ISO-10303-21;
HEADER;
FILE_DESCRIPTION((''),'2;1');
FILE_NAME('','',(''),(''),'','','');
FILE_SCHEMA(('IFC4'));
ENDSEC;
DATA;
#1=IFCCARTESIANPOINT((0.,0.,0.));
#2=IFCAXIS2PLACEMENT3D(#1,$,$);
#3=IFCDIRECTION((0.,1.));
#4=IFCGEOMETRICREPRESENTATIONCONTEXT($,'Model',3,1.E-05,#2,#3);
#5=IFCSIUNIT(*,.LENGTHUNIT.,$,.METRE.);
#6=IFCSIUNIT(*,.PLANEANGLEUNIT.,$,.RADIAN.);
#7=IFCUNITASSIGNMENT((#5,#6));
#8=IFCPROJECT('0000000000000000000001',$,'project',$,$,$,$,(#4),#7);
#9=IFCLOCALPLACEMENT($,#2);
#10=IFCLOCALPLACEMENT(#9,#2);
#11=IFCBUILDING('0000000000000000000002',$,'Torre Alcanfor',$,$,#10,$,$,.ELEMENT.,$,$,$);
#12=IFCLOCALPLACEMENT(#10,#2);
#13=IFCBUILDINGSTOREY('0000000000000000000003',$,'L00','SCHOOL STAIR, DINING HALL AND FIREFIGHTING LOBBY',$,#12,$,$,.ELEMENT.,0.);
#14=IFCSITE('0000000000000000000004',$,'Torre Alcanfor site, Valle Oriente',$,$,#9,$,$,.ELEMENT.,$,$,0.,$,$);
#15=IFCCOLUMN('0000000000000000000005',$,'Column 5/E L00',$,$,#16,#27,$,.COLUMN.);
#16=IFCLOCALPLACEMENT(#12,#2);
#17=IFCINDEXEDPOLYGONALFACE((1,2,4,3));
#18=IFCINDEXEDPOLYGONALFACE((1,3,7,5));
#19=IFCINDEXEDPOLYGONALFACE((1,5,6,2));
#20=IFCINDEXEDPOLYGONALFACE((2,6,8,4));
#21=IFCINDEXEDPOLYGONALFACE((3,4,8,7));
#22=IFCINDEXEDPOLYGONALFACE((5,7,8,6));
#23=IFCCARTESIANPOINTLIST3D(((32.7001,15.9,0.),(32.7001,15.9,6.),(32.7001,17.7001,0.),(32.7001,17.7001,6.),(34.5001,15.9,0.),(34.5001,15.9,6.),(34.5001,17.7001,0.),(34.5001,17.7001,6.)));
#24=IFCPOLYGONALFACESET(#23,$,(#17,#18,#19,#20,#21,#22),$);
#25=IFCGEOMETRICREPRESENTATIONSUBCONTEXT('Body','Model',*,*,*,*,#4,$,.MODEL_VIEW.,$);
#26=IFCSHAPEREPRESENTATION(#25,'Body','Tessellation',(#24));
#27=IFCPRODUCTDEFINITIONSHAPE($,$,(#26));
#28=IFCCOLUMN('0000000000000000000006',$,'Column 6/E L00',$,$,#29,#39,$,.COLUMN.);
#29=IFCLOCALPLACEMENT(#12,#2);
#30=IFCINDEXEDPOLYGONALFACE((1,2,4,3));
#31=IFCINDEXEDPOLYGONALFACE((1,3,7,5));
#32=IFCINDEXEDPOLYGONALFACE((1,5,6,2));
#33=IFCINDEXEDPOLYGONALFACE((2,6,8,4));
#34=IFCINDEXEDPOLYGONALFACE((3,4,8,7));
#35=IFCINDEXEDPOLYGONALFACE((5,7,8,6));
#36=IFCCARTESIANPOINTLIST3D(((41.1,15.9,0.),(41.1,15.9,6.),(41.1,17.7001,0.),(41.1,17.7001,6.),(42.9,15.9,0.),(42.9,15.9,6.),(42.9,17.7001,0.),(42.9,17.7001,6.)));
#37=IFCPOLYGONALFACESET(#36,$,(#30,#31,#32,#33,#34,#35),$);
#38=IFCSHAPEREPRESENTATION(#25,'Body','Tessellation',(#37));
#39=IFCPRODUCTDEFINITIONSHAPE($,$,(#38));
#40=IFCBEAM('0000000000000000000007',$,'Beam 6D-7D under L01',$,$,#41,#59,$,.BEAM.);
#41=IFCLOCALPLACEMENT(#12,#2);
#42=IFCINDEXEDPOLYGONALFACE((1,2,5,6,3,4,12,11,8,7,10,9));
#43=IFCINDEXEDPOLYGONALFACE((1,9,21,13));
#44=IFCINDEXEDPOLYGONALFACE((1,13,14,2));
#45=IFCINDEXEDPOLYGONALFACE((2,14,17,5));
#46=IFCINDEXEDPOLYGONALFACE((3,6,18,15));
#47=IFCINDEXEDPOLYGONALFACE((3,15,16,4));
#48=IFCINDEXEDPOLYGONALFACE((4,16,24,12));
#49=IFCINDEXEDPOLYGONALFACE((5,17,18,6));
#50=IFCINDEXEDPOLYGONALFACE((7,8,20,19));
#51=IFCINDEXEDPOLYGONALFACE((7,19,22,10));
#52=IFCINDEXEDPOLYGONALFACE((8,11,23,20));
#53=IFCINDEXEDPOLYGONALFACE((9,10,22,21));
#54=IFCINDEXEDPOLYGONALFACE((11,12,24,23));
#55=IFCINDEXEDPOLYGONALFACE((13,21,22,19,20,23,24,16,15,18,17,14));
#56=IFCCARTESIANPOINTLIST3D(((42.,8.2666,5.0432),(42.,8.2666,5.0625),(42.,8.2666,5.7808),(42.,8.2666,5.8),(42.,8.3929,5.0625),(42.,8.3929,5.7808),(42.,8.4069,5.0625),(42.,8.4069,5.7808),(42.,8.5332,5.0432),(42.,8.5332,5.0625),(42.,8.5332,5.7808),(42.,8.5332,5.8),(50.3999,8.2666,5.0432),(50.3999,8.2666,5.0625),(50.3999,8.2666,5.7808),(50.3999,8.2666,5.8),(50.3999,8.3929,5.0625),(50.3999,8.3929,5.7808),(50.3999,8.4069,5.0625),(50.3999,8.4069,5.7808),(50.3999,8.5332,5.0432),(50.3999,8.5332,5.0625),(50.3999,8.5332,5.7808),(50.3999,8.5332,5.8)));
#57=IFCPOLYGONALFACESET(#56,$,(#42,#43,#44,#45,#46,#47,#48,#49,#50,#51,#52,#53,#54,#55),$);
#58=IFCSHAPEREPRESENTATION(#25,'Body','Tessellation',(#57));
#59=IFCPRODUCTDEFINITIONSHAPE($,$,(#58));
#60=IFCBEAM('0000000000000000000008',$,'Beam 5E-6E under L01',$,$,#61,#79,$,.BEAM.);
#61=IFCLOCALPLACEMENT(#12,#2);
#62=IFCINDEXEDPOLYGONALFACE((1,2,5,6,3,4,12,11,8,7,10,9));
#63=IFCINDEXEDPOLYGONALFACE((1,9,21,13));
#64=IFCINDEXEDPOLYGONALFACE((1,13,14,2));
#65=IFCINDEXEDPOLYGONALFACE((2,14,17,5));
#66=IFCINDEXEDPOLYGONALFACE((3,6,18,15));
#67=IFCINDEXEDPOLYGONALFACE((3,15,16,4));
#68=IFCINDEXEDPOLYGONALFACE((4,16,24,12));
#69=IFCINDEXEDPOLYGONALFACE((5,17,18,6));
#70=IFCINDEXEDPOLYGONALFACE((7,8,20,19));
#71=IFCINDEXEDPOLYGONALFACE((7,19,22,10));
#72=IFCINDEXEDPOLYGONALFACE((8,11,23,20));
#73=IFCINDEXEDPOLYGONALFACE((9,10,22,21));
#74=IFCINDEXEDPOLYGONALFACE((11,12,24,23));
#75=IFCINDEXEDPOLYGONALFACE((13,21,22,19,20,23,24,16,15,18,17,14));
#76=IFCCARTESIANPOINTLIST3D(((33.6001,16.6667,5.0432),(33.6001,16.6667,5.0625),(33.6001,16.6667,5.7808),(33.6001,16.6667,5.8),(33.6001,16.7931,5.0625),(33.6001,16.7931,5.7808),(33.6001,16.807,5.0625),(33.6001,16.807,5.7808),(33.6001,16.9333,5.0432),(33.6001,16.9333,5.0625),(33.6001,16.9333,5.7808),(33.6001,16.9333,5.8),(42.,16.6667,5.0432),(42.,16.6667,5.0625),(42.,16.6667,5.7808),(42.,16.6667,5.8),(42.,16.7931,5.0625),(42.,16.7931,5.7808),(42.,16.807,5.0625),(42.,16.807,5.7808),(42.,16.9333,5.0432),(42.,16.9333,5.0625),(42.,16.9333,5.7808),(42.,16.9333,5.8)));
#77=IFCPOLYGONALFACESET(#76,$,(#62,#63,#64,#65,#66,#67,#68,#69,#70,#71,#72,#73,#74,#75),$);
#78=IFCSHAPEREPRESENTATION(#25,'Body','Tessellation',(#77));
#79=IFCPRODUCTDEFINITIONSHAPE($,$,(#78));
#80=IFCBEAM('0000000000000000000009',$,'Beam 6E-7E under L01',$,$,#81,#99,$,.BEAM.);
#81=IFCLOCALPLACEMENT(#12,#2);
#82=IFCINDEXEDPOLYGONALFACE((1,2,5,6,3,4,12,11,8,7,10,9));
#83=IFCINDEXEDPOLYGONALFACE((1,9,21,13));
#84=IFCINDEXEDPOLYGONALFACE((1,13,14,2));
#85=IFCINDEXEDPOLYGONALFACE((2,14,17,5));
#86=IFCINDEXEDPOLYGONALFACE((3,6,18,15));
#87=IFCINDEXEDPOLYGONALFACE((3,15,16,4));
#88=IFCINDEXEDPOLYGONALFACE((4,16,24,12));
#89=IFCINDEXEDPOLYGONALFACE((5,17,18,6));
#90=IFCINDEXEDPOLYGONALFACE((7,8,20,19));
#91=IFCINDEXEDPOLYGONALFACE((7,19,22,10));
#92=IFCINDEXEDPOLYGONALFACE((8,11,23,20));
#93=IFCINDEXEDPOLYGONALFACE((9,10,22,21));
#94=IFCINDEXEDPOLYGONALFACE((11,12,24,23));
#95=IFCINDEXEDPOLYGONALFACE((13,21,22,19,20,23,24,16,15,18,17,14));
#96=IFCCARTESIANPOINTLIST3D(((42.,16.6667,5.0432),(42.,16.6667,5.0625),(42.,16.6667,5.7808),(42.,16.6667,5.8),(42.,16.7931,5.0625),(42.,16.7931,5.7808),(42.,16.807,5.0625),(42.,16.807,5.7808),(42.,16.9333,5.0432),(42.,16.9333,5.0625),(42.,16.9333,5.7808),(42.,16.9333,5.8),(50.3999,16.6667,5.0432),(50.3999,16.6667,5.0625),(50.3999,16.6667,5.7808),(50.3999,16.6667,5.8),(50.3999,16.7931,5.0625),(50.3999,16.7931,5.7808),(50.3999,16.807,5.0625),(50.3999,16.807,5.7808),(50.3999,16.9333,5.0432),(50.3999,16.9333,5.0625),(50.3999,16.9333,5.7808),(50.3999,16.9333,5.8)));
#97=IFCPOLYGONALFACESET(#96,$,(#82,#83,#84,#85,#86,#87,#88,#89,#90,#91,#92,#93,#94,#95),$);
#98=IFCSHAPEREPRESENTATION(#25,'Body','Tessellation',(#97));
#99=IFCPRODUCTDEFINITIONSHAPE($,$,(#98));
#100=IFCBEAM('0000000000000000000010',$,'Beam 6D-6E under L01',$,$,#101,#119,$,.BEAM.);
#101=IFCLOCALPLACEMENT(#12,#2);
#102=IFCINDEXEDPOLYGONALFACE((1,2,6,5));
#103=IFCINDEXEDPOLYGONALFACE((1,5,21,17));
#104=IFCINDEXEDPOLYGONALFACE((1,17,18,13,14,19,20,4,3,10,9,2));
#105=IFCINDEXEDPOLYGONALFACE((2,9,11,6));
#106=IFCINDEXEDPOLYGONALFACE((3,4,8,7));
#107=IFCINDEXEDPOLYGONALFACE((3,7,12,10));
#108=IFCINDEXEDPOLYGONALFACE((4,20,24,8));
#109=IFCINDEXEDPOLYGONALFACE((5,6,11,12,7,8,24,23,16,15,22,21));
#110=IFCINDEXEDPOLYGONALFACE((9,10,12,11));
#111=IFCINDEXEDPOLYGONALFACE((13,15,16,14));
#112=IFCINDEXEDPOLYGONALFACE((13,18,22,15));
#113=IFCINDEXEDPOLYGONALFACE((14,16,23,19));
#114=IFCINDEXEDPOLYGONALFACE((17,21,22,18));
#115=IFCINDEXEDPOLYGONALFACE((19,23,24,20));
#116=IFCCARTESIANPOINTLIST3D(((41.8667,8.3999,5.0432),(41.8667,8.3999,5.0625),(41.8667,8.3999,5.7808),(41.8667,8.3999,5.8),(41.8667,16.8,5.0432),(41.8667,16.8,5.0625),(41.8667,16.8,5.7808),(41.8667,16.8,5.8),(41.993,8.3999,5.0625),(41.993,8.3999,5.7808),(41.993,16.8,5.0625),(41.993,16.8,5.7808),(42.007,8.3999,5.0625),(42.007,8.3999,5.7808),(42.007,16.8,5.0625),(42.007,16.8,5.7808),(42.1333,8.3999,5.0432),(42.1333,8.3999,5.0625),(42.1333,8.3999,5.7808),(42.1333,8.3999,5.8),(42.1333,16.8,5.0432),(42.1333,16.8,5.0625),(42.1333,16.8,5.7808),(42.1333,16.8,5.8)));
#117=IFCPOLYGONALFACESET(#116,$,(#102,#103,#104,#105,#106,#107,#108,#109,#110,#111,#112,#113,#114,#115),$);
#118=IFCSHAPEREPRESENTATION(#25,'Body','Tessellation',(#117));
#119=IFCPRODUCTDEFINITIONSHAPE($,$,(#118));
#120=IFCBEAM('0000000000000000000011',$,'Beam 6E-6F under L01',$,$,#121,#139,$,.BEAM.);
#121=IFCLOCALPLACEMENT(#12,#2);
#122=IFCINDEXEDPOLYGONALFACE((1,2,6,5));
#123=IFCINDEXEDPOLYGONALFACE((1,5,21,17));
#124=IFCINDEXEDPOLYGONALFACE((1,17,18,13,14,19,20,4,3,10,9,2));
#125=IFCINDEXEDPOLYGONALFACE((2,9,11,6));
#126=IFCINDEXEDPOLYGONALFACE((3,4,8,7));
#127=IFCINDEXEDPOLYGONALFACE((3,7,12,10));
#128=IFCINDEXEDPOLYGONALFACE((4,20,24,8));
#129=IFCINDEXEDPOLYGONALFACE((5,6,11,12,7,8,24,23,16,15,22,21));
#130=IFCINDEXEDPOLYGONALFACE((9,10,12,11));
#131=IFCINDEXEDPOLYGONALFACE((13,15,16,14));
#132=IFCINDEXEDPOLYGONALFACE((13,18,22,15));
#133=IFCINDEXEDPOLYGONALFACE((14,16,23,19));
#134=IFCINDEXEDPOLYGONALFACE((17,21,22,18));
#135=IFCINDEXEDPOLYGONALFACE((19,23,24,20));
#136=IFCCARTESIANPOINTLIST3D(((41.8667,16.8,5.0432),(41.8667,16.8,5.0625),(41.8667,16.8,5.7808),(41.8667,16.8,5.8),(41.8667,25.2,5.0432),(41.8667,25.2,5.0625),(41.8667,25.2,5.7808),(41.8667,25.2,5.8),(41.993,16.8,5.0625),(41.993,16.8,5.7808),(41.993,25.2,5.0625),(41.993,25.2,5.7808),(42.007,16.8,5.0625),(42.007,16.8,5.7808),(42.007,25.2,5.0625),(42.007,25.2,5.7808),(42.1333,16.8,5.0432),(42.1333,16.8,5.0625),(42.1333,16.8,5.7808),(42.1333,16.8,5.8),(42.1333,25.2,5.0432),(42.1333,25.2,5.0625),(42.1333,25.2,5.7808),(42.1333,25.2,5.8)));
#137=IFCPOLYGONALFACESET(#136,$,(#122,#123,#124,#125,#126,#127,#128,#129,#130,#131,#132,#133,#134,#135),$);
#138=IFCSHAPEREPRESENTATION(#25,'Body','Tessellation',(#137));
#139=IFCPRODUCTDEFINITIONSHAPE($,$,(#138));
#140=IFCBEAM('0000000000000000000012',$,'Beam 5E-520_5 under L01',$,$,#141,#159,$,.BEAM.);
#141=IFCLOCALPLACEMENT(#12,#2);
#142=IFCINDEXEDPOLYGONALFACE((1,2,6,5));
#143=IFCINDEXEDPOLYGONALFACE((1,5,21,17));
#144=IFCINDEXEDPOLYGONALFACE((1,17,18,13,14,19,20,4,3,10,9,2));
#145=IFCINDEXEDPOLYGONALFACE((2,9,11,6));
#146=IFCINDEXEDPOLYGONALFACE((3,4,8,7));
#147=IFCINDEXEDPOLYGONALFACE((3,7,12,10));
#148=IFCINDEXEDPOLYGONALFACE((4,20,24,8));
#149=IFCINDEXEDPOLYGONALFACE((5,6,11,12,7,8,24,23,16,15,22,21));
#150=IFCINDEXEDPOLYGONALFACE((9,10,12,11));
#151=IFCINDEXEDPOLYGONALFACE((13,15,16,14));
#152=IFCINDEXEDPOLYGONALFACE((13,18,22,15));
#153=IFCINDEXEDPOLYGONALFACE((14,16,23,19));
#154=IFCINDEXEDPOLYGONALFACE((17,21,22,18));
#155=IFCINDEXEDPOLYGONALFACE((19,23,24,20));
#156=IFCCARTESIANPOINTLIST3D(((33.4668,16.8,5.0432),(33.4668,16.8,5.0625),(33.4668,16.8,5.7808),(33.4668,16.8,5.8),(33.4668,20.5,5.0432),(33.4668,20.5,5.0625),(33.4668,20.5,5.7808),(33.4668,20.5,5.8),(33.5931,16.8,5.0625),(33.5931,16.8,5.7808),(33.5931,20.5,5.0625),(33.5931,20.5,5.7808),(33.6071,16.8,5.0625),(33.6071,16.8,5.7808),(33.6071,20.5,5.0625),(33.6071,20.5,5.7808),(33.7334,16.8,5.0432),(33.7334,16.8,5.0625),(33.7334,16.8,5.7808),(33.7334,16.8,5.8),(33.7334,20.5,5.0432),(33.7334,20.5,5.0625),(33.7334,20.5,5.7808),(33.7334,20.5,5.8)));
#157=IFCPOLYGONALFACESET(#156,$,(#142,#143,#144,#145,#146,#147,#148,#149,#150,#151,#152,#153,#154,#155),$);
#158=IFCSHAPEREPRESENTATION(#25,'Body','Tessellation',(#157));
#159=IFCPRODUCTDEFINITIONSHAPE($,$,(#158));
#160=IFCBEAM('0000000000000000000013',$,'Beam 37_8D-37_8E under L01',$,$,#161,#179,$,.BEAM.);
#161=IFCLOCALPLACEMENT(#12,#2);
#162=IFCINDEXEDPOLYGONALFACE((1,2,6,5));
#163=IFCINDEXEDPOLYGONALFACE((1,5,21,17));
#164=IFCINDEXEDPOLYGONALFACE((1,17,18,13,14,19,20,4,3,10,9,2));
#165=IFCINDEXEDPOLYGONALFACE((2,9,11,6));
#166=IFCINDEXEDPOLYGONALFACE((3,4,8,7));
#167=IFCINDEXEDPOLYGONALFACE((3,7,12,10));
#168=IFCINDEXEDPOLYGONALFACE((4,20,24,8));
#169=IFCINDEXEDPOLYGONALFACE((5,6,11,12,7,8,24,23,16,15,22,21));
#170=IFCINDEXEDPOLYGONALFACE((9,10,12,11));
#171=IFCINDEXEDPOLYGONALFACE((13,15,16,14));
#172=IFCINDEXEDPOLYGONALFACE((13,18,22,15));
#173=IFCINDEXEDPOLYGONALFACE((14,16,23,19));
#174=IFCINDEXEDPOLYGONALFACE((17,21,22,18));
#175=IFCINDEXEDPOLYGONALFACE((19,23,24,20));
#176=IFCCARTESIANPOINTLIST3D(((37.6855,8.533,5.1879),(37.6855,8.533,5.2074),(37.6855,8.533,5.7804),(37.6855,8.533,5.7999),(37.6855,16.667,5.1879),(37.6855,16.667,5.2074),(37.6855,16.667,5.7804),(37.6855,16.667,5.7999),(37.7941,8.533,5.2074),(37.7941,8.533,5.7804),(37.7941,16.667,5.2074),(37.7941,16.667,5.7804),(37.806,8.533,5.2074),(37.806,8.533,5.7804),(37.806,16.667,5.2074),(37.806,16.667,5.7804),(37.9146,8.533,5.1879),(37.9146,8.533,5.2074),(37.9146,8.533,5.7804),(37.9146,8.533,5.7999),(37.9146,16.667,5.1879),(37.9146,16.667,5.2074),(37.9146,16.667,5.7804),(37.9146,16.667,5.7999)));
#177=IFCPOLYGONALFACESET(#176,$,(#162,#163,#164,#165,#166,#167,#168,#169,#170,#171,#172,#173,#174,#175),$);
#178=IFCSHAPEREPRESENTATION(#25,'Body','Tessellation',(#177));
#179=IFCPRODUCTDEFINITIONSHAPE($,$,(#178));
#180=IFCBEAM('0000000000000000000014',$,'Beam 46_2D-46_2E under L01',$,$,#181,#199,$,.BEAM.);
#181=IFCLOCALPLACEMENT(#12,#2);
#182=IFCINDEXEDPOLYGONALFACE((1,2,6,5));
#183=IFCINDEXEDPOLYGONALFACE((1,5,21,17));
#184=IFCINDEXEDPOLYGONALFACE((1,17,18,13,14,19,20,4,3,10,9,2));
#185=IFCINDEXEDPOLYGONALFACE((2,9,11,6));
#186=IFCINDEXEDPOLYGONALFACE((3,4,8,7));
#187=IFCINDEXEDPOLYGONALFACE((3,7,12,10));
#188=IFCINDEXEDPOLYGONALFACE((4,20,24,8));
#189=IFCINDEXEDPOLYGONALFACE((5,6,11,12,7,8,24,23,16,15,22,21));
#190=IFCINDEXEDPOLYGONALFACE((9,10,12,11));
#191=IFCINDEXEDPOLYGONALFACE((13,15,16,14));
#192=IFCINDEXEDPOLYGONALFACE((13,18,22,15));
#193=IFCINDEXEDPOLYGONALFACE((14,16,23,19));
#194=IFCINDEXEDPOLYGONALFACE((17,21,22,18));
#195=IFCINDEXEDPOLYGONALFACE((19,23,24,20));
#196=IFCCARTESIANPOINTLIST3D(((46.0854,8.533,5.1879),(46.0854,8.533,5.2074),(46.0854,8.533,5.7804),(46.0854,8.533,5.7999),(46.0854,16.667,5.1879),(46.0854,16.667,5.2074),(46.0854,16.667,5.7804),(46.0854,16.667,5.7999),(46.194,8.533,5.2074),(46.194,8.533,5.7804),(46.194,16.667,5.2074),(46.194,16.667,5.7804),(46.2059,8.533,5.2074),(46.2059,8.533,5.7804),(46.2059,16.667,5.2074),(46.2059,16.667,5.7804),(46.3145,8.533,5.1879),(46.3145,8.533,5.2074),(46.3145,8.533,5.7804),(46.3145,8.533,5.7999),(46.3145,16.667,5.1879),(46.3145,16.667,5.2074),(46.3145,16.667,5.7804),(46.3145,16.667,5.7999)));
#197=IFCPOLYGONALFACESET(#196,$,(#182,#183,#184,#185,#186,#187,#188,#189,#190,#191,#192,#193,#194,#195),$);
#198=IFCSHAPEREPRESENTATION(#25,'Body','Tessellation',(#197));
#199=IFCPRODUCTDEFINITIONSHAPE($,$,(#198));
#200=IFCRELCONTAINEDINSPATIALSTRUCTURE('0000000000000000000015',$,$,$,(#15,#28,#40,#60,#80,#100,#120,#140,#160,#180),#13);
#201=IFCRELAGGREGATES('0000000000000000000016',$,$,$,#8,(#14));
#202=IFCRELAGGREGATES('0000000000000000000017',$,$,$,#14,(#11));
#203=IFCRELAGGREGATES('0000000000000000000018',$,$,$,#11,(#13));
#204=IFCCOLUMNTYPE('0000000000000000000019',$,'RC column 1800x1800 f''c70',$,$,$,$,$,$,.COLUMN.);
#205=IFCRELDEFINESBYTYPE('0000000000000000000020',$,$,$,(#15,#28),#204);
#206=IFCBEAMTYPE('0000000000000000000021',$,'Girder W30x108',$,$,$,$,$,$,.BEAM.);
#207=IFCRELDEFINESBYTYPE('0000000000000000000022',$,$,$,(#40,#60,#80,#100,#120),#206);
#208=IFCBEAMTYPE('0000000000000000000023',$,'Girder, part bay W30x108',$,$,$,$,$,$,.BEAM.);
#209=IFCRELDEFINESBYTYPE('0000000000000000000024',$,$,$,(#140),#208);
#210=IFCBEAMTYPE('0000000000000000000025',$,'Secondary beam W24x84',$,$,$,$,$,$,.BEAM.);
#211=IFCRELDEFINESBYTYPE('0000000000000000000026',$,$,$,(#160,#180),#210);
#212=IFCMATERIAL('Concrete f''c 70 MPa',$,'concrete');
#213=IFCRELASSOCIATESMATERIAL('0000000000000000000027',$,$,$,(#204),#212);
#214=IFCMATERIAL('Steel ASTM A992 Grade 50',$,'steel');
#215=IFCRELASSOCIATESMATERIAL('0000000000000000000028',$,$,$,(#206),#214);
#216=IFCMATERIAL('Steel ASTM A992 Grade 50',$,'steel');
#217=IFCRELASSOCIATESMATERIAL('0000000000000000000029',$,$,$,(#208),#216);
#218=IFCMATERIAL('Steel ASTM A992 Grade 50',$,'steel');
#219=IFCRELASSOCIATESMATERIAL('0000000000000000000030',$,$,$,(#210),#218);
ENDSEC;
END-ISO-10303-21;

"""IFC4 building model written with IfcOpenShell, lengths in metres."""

from ifc_helpers import new_model, si_unit, direction, frame, origin, origin_2d, place, context, subcontext, project, spatial, rectangle, i_section, extrude, material, material_profile, profile_set, type_object, element, save


model = new_model("IFC4")

# Units and contexts
model_context = context("Model", 3, precision=1e-05, world=origin(), true_north=direction((0.0, 1.0)))
body_context = subcontext(model_context, "Body", "Model", "MODEL_VIEW")
ifc_project = project(units=[si_unit("LENGTHUNIT", "METRE"), si_unit("PLANEANGLEUNIT", "RADIAN")], contexts=[model_context])

# Site, building, storey
site_placement = place(None, origin())
site = spatial("IfcSite", under=ifc_project, at=site_placement, Name="Torre Alcanfor site, Valle Oriente", CompositionType="ELEMENT", RefElevation=0.0)
building_placement = place(site_placement, origin())
building = spatial("IfcBuilding", under=site, at=building_placement, Name="Torre Alcanfor", CompositionType="ELEMENT")
storey_placement = place(building_placement, origin())
storey = spatial("IfcBuildingStorey", under=building, at=storey_placement, Name="L00", Description="SCHOOL STAIR, DINING HALL AND FIREFIGHTING LOBBY", CompositionType="ELEMENT", Elevation=0.0)

# Columns
ifc_material_1 = material(Name="Concrete f'c 70 MPa", Category="concrete")
ifc_material_profile_1 = material_profile(ifc_material_1, rectangle(XDim=1.8, YDim=1.8, at=origin_2d()), Name="1800x1800")
ifc_profile_set_1 = profile_set([ifc_material_profile_1], Name="Concrete f'c 70 MPa")
column_type = type_object("IfcColumnType", Name="RC column 1800x1800 f'c70", PredefinedType="COLUMN", material=ifc_profile_set_1)
for number, where, z_axis, x_axis, name in (
    (1, (33.6001, 16.8, 0.0), (0.0, 0.0, 1.0), (1.0, 0.0, 0.0), "Column 5/E L00"),
    (2, (42.0, 16.8, 0.0), (0.0, 0.0, 1.0), (1.0, 0.0, 0.0), "Column 6/E L00"),
):
    element("IfcColumn", number, at=place(storey_placement, frame(where, z_axis=z_axis, x_axis=x_axis)), inside=storey, type_object=column_type, Name=name, PredefinedType="COLUMN", context=body_context, shape_type="SweptSolid", body=[
        extrude(rectangle(XDim=1.8, YDim=1.8, at=origin_2d()), origin(), (0.0, 0.0, 1.0), 6.0),
    ])

# Beams
ifc_material_2 = material(Name="Steel ASTM A992 Grade 50", Category="steel")
ifc_material_profile_2 = material_profile(ifc_material_2, i_section(OverallWidth=0.2666, OverallDepth=0.7568, WebThickness=0.0139, FlangeThickness=0.0193, at=origin_2d()), Name="W30x108")
ifc_profile_set_2 = profile_set([ifc_material_profile_2], Name="Steel ASTM A992 Grade 50")
beam_type_1 = type_object("IfcBeamType", Name="Girder W30x108", PredefinedType="BEAM", material=ifc_profile_set_2)
for number, where, z_axis, x_axis, name in (
    (3, (42.0, 8.3999, 5.4216), (1.0, 0.0, 0.0), (0.0, 1.0, 0.0), "Beam 6D-7D under L01"),
    (4, (33.6001, 16.8, 5.4216), (1.0, 0.0, 0.0), (0.0, 1.0, 0.0), "Beam 5E-6E under L01"),
    (5, (42.0, 16.8, 5.4216), (1.0, 0.0, 0.0), (0.0, 1.0, 0.0), "Beam 6E-7E under L01"),
):
    element("IfcBeam", number, at=place(storey_placement, frame(where, z_axis=z_axis, x_axis=x_axis)), inside=storey, type_object=beam_type_1, Name=name, PredefinedType="BEAM", context=body_context, shape_type="SweptSolid", body=[
        extrude(i_section(OverallWidth=0.2666, OverallDepth=0.7568, WebThickness=0.0139, FlangeThickness=0.0193, at=origin_2d()), origin(), (0.0, 0.0, 1.0), 8.3999),
    ])
beam_1_placement = place(storey_placement, frame((42.0, 8.3999, 5.4216), z_axis=(0.0, 1.0, 0.0), x_axis=(-1.0, 0.0, 0.0)))
element("IfcBeam", 6, at=beam_1_placement, inside=storey, type_object=beam_type_1, Name="Beam 6D-6E under L01", PredefinedType="BEAM", context=body_context, shape_type="SweptSolid", body=[
    extrude(i_section(OverallWidth=0.2666, OverallDepth=0.7568, WebThickness=0.0139, FlangeThickness=0.0193, at=origin_2d()), origin(), (0.0, 0.0, 1.0), 8.4001),
])
beam_2_placement = place(storey_placement, frame((42.0, 16.8, 5.4216), z_axis=(0.0, 1.0, 0.0), x_axis=(-1.0, 0.0, 0.0)))
element("IfcBeam", 7, at=beam_2_placement, inside=storey, type_object=beam_type_1, Name="Beam 6E-6F under L01", PredefinedType="BEAM", context=body_context, shape_type="SweptSolid", body=[
    extrude(i_section(OverallWidth=0.2666, OverallDepth=0.7568, WebThickness=0.0139, FlangeThickness=0.0193, at=origin_2d()), origin(), (0.0, 0.0, 1.0), 8.3999),
])
ifc_material_3 = material(Name="Steel ASTM A992 Grade 50", Category="steel")
ifc_material_profile_3 = material_profile(ifc_material_3, i_section(OverallWidth=0.2666, OverallDepth=0.7568, WebThickness=0.0139, FlangeThickness=0.0193, at=origin_2d()), Name="W30x108")
ifc_profile_set_3 = profile_set([ifc_material_profile_3], Name="Steel ASTM A992 Grade 50")
beam_type_2 = type_object("IfcBeamType", Name="Girder, part bay W30x108", PredefinedType="BEAM", material=ifc_profile_set_3)
beam_3_placement = place(storey_placement, frame((33.6001, 16.8, 5.4216), z_axis=(0.0, 1.0, 0.0), x_axis=(-1.0, 0.0, 0.0)))
element("IfcBeam", 8, at=beam_3_placement, inside=storey, type_object=beam_type_2, Name="Beam 5E-520_5 under L01", PredefinedType="BEAM", context=body_context, shape_type="SweptSolid", body=[
    extrude(i_section(OverallWidth=0.2666, OverallDepth=0.7568, WebThickness=0.0139, FlangeThickness=0.0193, at=origin_2d()), origin(), (0.0, 0.0, 1.0), 3.7),
])
ifc_material_4 = material(Name="Steel ASTM A992 Grade 50", Category="steel")
ifc_material_profile_4 = material_profile(ifc_material_4, i_section(OverallWidth=0.229, OverallDepth=0.6121, WebThickness=0.012, FlangeThickness=0.0195, at=origin_2d()), Name="W24x84")
ifc_profile_set_4 = profile_set([ifc_material_profile_4], Name="Steel ASTM A992 Grade 50")
beam_type_3 = type_object("IfcBeamType", Name="Secondary beam W24x84", PredefinedType="BEAM", material=ifc_profile_set_4)
for number, where, z_axis, x_axis, name in (
    (9, (37.8, 8.533, 5.4939), (0.0, 1.0, 0.0), (-1.0, 0.0, 0.0), "Beam 37_8D-37_8E under L01"),
    (10, (46.2, 8.533, 5.4939), (0.0, 1.0, 0.0), (-1.0, 0.0, 0.0), "Beam 46_2D-46_2E under L01"),
):
    element("IfcBeam", number, at=place(storey_placement, frame(where, z_axis=z_axis, x_axis=x_axis)), inside=storey, type_object=beam_type_3, Name=name, PredefinedType="BEAM", context=body_context, shape_type="SweptSolid", body=[
        extrude(i_section(OverallWidth=0.229, OverallDepth=0.6121, WebThickness=0.012, FlangeThickness=0.0195, at=origin_2d()), origin(), (0.0, 0.0, 1.0), 8.134),
    ])

save(model, "model.ifc")
